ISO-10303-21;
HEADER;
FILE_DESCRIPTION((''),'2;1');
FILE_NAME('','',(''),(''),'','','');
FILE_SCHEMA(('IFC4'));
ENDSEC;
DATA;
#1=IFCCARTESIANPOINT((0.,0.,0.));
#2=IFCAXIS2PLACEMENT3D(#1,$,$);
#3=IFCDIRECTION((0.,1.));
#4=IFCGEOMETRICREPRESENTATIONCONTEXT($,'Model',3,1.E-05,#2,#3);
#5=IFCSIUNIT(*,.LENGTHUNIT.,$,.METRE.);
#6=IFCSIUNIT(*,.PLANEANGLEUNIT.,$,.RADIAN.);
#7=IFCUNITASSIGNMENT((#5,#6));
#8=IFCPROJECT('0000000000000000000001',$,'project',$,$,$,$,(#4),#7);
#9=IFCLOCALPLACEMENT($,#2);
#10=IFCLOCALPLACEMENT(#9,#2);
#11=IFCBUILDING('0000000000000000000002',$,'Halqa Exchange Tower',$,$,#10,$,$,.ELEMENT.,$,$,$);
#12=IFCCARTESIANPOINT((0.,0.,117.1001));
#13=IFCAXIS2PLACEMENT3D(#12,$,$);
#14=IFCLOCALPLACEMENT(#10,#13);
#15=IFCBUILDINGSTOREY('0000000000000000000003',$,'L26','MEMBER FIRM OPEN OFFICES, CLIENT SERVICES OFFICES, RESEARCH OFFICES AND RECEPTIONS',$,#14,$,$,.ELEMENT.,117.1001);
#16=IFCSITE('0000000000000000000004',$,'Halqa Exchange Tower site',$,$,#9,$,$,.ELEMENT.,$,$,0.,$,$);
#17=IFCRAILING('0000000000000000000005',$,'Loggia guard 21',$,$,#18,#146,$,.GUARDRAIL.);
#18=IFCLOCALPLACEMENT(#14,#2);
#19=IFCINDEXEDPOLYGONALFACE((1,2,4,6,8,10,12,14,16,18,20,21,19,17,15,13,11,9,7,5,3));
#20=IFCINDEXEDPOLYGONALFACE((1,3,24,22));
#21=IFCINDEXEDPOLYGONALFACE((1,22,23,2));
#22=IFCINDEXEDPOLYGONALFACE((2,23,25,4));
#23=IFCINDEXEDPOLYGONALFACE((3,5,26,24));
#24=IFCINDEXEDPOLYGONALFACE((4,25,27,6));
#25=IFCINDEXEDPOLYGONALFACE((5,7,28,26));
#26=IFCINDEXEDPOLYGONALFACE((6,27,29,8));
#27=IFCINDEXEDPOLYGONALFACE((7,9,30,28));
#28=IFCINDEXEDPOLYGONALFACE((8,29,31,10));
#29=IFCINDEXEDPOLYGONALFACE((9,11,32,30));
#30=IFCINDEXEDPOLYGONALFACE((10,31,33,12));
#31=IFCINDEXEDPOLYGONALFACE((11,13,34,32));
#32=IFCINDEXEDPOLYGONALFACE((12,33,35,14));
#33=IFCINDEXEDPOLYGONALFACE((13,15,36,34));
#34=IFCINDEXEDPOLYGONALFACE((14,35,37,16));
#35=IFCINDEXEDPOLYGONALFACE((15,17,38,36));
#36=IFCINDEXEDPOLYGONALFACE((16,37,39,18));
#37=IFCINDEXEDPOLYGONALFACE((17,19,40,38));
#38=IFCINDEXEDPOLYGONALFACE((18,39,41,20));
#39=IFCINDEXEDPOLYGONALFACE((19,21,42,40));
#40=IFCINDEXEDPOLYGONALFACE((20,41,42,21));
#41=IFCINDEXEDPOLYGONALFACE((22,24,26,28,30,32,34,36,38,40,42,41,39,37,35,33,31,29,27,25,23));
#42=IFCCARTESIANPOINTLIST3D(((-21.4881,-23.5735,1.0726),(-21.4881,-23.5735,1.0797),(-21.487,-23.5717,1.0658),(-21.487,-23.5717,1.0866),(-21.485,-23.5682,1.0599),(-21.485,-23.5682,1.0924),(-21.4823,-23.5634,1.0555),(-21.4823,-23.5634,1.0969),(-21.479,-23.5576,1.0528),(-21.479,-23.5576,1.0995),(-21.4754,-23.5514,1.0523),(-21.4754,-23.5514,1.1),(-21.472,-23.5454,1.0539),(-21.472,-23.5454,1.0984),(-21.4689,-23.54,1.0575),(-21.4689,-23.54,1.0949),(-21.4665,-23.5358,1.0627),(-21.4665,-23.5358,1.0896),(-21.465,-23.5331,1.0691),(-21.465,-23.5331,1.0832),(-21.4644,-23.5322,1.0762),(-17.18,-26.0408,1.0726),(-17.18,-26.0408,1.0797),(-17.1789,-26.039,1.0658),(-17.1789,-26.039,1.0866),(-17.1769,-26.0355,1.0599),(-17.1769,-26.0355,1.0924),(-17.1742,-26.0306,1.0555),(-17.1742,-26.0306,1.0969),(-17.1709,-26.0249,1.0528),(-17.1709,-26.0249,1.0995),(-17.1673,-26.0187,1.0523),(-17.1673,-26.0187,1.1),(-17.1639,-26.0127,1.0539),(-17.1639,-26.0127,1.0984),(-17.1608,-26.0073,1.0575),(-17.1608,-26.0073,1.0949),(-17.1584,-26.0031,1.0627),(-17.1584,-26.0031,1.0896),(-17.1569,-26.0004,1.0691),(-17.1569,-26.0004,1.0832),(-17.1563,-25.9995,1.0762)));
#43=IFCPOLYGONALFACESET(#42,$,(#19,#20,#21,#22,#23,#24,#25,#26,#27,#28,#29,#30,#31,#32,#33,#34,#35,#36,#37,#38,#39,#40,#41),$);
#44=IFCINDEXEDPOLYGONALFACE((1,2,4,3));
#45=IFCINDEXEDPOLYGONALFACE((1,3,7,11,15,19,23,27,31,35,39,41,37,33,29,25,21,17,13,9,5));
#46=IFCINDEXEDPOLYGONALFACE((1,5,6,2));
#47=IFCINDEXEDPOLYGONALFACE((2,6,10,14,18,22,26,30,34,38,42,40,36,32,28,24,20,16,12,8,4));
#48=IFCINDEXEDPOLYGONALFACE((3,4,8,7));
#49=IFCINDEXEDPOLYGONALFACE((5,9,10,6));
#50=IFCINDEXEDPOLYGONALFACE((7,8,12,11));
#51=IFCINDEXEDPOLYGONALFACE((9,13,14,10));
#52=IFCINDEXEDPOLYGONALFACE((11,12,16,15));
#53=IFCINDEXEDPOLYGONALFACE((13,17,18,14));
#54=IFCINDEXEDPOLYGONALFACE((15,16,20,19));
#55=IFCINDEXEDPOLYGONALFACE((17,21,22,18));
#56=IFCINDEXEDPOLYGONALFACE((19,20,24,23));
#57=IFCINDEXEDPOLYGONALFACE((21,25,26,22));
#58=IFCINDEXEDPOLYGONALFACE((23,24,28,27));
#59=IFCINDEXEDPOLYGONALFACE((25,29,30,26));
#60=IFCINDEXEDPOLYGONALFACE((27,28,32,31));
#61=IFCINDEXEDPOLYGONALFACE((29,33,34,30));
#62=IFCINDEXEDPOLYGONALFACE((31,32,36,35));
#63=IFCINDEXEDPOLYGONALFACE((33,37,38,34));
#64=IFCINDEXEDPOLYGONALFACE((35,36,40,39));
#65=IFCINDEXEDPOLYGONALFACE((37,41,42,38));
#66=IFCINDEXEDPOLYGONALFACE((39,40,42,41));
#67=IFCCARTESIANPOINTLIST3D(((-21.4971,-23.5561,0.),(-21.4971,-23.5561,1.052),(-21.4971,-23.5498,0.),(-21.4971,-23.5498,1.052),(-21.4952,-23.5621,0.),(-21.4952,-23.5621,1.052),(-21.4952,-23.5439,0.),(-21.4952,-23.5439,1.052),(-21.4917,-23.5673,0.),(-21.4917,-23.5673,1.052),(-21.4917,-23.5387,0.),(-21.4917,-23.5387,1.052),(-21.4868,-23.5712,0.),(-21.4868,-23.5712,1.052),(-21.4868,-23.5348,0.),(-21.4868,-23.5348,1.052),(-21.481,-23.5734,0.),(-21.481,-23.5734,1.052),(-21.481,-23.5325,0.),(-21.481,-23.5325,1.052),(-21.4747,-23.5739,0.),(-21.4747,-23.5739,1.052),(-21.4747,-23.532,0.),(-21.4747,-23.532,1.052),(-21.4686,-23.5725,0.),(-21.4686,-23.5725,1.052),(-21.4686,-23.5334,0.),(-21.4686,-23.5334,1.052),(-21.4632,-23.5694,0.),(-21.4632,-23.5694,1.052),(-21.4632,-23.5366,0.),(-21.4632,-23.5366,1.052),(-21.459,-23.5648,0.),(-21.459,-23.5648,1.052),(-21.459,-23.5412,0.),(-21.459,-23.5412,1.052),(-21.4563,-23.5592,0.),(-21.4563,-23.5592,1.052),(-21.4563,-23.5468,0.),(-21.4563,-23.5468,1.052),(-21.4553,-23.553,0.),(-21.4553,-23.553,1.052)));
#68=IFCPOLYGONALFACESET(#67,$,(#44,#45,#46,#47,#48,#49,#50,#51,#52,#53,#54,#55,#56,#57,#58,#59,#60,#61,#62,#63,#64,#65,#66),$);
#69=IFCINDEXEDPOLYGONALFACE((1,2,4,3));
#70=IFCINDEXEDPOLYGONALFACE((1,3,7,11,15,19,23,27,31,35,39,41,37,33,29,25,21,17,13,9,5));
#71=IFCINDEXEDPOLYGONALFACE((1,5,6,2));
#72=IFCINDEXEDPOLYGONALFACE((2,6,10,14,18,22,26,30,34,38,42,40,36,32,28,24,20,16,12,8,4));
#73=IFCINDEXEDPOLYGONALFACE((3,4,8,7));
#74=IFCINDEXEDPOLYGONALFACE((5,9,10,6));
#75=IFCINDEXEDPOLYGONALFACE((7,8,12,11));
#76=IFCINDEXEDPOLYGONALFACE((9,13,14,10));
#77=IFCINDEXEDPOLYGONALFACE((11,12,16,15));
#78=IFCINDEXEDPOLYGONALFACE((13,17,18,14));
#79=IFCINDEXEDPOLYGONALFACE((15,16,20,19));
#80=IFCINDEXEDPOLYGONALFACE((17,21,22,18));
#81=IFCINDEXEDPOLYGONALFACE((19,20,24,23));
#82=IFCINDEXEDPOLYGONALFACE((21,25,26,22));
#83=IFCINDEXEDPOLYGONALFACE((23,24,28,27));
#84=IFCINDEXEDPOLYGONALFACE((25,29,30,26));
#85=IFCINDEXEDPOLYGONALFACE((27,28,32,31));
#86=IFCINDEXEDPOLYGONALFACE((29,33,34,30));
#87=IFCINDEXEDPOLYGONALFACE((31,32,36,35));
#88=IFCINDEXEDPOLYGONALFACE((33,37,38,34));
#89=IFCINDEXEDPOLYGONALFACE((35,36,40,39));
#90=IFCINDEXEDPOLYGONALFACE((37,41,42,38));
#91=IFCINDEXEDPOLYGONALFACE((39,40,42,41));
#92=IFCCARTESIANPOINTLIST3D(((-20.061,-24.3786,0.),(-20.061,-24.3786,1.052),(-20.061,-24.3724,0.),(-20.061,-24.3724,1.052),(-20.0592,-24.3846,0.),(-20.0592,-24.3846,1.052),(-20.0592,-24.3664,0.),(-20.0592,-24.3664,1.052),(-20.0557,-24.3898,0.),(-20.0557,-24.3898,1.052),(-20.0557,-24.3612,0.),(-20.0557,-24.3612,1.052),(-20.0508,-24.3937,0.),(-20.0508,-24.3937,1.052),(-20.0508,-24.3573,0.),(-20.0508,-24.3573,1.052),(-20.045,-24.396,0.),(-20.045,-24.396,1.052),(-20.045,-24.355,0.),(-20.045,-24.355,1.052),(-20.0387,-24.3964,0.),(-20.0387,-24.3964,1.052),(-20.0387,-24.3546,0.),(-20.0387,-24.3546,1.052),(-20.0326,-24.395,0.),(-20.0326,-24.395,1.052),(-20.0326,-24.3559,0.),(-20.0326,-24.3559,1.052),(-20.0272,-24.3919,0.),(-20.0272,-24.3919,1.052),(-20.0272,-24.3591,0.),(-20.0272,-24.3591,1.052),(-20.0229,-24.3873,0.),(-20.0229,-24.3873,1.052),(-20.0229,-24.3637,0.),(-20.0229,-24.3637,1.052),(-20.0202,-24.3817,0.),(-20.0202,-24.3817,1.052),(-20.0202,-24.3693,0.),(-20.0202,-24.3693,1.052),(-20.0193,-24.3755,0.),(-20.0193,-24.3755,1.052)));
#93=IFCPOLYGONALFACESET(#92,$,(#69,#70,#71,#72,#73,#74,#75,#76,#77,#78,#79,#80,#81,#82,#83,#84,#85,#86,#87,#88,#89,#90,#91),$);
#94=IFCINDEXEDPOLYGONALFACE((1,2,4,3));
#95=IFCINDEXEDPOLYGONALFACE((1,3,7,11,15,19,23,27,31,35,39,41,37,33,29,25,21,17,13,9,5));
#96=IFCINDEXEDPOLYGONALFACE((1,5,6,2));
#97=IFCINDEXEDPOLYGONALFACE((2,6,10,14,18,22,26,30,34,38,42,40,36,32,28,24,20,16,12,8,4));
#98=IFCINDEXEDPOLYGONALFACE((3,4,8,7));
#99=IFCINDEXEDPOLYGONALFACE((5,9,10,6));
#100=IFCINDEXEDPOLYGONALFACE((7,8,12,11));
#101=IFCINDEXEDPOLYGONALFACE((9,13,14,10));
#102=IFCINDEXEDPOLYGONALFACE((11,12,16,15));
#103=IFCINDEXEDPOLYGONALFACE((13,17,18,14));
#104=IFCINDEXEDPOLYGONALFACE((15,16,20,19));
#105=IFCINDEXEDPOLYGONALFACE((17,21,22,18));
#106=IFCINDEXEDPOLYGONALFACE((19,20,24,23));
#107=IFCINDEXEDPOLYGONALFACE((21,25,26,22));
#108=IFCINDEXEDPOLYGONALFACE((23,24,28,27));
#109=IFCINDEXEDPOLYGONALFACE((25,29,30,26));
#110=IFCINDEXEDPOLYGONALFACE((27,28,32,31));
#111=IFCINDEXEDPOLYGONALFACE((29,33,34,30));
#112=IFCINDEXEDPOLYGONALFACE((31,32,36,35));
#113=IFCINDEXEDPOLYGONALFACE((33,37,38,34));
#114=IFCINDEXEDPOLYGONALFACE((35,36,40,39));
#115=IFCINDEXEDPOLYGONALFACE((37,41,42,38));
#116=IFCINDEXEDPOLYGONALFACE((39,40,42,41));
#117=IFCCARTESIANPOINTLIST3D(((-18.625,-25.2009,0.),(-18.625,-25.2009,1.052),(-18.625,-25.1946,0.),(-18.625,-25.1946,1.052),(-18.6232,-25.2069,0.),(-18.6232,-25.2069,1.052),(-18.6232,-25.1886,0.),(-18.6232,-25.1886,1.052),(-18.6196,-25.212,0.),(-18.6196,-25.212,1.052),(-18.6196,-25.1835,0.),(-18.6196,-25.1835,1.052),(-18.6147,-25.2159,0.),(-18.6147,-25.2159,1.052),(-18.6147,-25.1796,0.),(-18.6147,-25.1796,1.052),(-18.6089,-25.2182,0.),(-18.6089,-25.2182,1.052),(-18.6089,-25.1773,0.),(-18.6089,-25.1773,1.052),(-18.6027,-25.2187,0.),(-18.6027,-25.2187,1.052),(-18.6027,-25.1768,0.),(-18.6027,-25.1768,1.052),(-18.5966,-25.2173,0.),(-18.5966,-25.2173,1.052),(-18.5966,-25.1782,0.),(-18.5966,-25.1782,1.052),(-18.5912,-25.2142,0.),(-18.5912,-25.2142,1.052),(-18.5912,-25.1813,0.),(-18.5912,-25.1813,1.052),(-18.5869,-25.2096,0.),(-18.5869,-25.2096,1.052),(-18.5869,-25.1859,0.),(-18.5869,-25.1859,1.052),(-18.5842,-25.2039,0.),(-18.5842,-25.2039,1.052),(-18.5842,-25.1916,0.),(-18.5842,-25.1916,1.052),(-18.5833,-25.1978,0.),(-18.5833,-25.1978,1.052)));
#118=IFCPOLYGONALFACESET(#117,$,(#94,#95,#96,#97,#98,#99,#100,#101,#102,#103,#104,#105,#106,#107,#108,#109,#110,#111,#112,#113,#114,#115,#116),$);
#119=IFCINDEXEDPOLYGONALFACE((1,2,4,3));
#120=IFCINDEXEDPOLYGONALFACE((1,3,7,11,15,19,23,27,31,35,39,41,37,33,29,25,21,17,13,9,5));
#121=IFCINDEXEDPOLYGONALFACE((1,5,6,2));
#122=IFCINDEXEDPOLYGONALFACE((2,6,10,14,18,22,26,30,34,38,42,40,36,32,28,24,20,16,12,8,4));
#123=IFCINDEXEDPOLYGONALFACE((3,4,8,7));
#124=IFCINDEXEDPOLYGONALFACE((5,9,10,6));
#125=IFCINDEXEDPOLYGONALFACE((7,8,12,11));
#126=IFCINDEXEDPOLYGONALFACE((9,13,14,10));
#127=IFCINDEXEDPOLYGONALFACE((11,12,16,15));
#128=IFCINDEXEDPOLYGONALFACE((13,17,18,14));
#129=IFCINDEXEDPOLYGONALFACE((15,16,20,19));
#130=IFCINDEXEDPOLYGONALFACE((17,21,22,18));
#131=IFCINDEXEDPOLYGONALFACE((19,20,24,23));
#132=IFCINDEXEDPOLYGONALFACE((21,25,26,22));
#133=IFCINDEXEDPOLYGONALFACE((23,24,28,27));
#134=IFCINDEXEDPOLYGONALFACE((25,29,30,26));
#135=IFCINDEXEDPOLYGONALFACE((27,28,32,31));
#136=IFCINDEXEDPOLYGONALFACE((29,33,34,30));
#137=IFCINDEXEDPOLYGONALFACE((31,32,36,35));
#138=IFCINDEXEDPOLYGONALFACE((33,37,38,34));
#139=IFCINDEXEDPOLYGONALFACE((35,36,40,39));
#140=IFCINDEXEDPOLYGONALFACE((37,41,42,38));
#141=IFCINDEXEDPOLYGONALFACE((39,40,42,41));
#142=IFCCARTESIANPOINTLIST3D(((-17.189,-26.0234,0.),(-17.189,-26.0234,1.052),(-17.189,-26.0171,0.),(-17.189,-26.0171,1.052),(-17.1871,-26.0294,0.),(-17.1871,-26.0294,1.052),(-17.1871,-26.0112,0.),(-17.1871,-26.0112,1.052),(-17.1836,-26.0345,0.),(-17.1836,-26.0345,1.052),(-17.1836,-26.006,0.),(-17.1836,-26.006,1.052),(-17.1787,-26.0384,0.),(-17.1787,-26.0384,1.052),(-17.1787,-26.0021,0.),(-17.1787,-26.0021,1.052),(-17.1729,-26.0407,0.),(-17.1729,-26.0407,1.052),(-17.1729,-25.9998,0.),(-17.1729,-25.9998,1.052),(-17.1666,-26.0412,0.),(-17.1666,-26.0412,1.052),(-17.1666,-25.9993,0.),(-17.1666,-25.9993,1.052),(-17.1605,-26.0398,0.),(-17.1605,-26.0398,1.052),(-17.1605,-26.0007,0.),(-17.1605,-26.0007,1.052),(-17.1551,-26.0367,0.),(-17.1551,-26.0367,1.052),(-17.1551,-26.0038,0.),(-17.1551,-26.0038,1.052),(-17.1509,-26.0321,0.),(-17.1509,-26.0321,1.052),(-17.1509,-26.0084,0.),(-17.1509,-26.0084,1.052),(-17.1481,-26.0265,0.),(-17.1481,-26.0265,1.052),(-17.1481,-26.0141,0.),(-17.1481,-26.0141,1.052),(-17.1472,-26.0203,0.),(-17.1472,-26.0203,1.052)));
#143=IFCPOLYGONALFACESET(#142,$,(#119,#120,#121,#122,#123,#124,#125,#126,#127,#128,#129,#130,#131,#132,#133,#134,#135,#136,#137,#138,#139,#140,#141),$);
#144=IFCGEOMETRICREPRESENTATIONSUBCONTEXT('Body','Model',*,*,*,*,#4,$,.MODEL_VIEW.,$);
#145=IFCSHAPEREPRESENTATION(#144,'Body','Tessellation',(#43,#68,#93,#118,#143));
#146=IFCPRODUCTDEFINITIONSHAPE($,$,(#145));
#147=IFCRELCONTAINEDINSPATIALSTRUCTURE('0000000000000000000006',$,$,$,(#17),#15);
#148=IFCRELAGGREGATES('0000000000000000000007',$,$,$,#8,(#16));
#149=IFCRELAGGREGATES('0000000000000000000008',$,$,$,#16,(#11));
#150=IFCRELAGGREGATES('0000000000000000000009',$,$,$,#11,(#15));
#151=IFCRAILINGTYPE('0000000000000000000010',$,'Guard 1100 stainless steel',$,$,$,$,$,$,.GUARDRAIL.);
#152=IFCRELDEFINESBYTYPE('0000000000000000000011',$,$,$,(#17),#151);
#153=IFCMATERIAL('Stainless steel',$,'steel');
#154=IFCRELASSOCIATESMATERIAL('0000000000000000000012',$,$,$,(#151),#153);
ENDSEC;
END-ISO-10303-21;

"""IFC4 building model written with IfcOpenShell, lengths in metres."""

from ifc_helpers import new_model, si_unit, direction, frame, origin, origin_2d, place, context, subcontext, project, spatial, circle, extrude, material, type_object, element, save


model = new_model("IFC4")

# Units and contexts
model_context = context("Model", 3, precision=1e-05, world=origin(), true_north=direction((0.0, 1.0)))
body_context = subcontext(model_context, "Body", "Model", "MODEL_VIEW")
ifc_project = project(units=[si_unit("LENGTHUNIT", "METRE"), si_unit("PLANEANGLEUNIT", "RADIAN")], contexts=[model_context])

# Site, building, storey
site_placement = place(None, origin())
site = spatial("IfcSite", under=ifc_project, at=site_placement, Name="Halqa Exchange Tower site", CompositionType="ELEMENT", RefElevation=0.0)
building_placement = place(site_placement, origin())
building = spatial("IfcBuilding", under=site, at=building_placement, Name="Halqa Exchange Tower", CompositionType="ELEMENT")
storey_placement = place(building_placement, frame((0.0, 0.0, 117.1001)))
storey = spatial("IfcBuildingStorey", under=building, at=storey_placement, Name="L26", Description="MEMBER FIRM OPEN OFFICES, CLIENT SERVICES OFFICES, RESEARCH OFFICES AND RECEPTIONS", CompositionType="ELEMENT", Elevation=117.1001)

# Railing
ifc_material_1 = material(Name="Stainless steel", Category="steel")
railing_type = type_object("IfcRailingType", Name="Guard 1100 stainless steel", PredefinedType="GUARDRAIL", material=ifc_material_1)
railing_1_placement = place(storey_placement, frame((-21.4763, -23.553, 0.0)))
element("IfcRailing", 1, at=railing_1_placement, inside=storey, type_object=railing_type, Name="Loggia guard 21", PredefinedType="GUARDRAIL", context=body_context, shape_type="SweptSolid", body=[
    extrude(circle(Radius=0.0239, at=origin_2d()), frame((0.0, 0.0, 1.0762), z_axis=(0.867765, -0.496975, 0.0), x_axis=(0.496975, 0.867765, 0.0)), (0.0, 0.0, 1.0), 4.9646),
    extrude(circle(Radius=0.021, at=origin_2d()), origin(), (0.0, 0.0, 1.0), 1.052),
    extrude(circle(Radius=0.021, at=origin_2d()), frame((1.436, -0.8225, 0.0)), (0.0, 0.0, 1.0), 1.052),
    extrude(circle(Radius=0.021, at=origin_2d()), frame((2.8721, -1.6448, 0.0)), (0.0, 0.0, 1.0), 1.052),
    extrude(circle(Radius=0.021, at=origin_2d()), frame((4.3081, -2.4673, 0.0)), (0.0, 0.0, 1.0), 1.052),
])

save(model, "model.ifc")
